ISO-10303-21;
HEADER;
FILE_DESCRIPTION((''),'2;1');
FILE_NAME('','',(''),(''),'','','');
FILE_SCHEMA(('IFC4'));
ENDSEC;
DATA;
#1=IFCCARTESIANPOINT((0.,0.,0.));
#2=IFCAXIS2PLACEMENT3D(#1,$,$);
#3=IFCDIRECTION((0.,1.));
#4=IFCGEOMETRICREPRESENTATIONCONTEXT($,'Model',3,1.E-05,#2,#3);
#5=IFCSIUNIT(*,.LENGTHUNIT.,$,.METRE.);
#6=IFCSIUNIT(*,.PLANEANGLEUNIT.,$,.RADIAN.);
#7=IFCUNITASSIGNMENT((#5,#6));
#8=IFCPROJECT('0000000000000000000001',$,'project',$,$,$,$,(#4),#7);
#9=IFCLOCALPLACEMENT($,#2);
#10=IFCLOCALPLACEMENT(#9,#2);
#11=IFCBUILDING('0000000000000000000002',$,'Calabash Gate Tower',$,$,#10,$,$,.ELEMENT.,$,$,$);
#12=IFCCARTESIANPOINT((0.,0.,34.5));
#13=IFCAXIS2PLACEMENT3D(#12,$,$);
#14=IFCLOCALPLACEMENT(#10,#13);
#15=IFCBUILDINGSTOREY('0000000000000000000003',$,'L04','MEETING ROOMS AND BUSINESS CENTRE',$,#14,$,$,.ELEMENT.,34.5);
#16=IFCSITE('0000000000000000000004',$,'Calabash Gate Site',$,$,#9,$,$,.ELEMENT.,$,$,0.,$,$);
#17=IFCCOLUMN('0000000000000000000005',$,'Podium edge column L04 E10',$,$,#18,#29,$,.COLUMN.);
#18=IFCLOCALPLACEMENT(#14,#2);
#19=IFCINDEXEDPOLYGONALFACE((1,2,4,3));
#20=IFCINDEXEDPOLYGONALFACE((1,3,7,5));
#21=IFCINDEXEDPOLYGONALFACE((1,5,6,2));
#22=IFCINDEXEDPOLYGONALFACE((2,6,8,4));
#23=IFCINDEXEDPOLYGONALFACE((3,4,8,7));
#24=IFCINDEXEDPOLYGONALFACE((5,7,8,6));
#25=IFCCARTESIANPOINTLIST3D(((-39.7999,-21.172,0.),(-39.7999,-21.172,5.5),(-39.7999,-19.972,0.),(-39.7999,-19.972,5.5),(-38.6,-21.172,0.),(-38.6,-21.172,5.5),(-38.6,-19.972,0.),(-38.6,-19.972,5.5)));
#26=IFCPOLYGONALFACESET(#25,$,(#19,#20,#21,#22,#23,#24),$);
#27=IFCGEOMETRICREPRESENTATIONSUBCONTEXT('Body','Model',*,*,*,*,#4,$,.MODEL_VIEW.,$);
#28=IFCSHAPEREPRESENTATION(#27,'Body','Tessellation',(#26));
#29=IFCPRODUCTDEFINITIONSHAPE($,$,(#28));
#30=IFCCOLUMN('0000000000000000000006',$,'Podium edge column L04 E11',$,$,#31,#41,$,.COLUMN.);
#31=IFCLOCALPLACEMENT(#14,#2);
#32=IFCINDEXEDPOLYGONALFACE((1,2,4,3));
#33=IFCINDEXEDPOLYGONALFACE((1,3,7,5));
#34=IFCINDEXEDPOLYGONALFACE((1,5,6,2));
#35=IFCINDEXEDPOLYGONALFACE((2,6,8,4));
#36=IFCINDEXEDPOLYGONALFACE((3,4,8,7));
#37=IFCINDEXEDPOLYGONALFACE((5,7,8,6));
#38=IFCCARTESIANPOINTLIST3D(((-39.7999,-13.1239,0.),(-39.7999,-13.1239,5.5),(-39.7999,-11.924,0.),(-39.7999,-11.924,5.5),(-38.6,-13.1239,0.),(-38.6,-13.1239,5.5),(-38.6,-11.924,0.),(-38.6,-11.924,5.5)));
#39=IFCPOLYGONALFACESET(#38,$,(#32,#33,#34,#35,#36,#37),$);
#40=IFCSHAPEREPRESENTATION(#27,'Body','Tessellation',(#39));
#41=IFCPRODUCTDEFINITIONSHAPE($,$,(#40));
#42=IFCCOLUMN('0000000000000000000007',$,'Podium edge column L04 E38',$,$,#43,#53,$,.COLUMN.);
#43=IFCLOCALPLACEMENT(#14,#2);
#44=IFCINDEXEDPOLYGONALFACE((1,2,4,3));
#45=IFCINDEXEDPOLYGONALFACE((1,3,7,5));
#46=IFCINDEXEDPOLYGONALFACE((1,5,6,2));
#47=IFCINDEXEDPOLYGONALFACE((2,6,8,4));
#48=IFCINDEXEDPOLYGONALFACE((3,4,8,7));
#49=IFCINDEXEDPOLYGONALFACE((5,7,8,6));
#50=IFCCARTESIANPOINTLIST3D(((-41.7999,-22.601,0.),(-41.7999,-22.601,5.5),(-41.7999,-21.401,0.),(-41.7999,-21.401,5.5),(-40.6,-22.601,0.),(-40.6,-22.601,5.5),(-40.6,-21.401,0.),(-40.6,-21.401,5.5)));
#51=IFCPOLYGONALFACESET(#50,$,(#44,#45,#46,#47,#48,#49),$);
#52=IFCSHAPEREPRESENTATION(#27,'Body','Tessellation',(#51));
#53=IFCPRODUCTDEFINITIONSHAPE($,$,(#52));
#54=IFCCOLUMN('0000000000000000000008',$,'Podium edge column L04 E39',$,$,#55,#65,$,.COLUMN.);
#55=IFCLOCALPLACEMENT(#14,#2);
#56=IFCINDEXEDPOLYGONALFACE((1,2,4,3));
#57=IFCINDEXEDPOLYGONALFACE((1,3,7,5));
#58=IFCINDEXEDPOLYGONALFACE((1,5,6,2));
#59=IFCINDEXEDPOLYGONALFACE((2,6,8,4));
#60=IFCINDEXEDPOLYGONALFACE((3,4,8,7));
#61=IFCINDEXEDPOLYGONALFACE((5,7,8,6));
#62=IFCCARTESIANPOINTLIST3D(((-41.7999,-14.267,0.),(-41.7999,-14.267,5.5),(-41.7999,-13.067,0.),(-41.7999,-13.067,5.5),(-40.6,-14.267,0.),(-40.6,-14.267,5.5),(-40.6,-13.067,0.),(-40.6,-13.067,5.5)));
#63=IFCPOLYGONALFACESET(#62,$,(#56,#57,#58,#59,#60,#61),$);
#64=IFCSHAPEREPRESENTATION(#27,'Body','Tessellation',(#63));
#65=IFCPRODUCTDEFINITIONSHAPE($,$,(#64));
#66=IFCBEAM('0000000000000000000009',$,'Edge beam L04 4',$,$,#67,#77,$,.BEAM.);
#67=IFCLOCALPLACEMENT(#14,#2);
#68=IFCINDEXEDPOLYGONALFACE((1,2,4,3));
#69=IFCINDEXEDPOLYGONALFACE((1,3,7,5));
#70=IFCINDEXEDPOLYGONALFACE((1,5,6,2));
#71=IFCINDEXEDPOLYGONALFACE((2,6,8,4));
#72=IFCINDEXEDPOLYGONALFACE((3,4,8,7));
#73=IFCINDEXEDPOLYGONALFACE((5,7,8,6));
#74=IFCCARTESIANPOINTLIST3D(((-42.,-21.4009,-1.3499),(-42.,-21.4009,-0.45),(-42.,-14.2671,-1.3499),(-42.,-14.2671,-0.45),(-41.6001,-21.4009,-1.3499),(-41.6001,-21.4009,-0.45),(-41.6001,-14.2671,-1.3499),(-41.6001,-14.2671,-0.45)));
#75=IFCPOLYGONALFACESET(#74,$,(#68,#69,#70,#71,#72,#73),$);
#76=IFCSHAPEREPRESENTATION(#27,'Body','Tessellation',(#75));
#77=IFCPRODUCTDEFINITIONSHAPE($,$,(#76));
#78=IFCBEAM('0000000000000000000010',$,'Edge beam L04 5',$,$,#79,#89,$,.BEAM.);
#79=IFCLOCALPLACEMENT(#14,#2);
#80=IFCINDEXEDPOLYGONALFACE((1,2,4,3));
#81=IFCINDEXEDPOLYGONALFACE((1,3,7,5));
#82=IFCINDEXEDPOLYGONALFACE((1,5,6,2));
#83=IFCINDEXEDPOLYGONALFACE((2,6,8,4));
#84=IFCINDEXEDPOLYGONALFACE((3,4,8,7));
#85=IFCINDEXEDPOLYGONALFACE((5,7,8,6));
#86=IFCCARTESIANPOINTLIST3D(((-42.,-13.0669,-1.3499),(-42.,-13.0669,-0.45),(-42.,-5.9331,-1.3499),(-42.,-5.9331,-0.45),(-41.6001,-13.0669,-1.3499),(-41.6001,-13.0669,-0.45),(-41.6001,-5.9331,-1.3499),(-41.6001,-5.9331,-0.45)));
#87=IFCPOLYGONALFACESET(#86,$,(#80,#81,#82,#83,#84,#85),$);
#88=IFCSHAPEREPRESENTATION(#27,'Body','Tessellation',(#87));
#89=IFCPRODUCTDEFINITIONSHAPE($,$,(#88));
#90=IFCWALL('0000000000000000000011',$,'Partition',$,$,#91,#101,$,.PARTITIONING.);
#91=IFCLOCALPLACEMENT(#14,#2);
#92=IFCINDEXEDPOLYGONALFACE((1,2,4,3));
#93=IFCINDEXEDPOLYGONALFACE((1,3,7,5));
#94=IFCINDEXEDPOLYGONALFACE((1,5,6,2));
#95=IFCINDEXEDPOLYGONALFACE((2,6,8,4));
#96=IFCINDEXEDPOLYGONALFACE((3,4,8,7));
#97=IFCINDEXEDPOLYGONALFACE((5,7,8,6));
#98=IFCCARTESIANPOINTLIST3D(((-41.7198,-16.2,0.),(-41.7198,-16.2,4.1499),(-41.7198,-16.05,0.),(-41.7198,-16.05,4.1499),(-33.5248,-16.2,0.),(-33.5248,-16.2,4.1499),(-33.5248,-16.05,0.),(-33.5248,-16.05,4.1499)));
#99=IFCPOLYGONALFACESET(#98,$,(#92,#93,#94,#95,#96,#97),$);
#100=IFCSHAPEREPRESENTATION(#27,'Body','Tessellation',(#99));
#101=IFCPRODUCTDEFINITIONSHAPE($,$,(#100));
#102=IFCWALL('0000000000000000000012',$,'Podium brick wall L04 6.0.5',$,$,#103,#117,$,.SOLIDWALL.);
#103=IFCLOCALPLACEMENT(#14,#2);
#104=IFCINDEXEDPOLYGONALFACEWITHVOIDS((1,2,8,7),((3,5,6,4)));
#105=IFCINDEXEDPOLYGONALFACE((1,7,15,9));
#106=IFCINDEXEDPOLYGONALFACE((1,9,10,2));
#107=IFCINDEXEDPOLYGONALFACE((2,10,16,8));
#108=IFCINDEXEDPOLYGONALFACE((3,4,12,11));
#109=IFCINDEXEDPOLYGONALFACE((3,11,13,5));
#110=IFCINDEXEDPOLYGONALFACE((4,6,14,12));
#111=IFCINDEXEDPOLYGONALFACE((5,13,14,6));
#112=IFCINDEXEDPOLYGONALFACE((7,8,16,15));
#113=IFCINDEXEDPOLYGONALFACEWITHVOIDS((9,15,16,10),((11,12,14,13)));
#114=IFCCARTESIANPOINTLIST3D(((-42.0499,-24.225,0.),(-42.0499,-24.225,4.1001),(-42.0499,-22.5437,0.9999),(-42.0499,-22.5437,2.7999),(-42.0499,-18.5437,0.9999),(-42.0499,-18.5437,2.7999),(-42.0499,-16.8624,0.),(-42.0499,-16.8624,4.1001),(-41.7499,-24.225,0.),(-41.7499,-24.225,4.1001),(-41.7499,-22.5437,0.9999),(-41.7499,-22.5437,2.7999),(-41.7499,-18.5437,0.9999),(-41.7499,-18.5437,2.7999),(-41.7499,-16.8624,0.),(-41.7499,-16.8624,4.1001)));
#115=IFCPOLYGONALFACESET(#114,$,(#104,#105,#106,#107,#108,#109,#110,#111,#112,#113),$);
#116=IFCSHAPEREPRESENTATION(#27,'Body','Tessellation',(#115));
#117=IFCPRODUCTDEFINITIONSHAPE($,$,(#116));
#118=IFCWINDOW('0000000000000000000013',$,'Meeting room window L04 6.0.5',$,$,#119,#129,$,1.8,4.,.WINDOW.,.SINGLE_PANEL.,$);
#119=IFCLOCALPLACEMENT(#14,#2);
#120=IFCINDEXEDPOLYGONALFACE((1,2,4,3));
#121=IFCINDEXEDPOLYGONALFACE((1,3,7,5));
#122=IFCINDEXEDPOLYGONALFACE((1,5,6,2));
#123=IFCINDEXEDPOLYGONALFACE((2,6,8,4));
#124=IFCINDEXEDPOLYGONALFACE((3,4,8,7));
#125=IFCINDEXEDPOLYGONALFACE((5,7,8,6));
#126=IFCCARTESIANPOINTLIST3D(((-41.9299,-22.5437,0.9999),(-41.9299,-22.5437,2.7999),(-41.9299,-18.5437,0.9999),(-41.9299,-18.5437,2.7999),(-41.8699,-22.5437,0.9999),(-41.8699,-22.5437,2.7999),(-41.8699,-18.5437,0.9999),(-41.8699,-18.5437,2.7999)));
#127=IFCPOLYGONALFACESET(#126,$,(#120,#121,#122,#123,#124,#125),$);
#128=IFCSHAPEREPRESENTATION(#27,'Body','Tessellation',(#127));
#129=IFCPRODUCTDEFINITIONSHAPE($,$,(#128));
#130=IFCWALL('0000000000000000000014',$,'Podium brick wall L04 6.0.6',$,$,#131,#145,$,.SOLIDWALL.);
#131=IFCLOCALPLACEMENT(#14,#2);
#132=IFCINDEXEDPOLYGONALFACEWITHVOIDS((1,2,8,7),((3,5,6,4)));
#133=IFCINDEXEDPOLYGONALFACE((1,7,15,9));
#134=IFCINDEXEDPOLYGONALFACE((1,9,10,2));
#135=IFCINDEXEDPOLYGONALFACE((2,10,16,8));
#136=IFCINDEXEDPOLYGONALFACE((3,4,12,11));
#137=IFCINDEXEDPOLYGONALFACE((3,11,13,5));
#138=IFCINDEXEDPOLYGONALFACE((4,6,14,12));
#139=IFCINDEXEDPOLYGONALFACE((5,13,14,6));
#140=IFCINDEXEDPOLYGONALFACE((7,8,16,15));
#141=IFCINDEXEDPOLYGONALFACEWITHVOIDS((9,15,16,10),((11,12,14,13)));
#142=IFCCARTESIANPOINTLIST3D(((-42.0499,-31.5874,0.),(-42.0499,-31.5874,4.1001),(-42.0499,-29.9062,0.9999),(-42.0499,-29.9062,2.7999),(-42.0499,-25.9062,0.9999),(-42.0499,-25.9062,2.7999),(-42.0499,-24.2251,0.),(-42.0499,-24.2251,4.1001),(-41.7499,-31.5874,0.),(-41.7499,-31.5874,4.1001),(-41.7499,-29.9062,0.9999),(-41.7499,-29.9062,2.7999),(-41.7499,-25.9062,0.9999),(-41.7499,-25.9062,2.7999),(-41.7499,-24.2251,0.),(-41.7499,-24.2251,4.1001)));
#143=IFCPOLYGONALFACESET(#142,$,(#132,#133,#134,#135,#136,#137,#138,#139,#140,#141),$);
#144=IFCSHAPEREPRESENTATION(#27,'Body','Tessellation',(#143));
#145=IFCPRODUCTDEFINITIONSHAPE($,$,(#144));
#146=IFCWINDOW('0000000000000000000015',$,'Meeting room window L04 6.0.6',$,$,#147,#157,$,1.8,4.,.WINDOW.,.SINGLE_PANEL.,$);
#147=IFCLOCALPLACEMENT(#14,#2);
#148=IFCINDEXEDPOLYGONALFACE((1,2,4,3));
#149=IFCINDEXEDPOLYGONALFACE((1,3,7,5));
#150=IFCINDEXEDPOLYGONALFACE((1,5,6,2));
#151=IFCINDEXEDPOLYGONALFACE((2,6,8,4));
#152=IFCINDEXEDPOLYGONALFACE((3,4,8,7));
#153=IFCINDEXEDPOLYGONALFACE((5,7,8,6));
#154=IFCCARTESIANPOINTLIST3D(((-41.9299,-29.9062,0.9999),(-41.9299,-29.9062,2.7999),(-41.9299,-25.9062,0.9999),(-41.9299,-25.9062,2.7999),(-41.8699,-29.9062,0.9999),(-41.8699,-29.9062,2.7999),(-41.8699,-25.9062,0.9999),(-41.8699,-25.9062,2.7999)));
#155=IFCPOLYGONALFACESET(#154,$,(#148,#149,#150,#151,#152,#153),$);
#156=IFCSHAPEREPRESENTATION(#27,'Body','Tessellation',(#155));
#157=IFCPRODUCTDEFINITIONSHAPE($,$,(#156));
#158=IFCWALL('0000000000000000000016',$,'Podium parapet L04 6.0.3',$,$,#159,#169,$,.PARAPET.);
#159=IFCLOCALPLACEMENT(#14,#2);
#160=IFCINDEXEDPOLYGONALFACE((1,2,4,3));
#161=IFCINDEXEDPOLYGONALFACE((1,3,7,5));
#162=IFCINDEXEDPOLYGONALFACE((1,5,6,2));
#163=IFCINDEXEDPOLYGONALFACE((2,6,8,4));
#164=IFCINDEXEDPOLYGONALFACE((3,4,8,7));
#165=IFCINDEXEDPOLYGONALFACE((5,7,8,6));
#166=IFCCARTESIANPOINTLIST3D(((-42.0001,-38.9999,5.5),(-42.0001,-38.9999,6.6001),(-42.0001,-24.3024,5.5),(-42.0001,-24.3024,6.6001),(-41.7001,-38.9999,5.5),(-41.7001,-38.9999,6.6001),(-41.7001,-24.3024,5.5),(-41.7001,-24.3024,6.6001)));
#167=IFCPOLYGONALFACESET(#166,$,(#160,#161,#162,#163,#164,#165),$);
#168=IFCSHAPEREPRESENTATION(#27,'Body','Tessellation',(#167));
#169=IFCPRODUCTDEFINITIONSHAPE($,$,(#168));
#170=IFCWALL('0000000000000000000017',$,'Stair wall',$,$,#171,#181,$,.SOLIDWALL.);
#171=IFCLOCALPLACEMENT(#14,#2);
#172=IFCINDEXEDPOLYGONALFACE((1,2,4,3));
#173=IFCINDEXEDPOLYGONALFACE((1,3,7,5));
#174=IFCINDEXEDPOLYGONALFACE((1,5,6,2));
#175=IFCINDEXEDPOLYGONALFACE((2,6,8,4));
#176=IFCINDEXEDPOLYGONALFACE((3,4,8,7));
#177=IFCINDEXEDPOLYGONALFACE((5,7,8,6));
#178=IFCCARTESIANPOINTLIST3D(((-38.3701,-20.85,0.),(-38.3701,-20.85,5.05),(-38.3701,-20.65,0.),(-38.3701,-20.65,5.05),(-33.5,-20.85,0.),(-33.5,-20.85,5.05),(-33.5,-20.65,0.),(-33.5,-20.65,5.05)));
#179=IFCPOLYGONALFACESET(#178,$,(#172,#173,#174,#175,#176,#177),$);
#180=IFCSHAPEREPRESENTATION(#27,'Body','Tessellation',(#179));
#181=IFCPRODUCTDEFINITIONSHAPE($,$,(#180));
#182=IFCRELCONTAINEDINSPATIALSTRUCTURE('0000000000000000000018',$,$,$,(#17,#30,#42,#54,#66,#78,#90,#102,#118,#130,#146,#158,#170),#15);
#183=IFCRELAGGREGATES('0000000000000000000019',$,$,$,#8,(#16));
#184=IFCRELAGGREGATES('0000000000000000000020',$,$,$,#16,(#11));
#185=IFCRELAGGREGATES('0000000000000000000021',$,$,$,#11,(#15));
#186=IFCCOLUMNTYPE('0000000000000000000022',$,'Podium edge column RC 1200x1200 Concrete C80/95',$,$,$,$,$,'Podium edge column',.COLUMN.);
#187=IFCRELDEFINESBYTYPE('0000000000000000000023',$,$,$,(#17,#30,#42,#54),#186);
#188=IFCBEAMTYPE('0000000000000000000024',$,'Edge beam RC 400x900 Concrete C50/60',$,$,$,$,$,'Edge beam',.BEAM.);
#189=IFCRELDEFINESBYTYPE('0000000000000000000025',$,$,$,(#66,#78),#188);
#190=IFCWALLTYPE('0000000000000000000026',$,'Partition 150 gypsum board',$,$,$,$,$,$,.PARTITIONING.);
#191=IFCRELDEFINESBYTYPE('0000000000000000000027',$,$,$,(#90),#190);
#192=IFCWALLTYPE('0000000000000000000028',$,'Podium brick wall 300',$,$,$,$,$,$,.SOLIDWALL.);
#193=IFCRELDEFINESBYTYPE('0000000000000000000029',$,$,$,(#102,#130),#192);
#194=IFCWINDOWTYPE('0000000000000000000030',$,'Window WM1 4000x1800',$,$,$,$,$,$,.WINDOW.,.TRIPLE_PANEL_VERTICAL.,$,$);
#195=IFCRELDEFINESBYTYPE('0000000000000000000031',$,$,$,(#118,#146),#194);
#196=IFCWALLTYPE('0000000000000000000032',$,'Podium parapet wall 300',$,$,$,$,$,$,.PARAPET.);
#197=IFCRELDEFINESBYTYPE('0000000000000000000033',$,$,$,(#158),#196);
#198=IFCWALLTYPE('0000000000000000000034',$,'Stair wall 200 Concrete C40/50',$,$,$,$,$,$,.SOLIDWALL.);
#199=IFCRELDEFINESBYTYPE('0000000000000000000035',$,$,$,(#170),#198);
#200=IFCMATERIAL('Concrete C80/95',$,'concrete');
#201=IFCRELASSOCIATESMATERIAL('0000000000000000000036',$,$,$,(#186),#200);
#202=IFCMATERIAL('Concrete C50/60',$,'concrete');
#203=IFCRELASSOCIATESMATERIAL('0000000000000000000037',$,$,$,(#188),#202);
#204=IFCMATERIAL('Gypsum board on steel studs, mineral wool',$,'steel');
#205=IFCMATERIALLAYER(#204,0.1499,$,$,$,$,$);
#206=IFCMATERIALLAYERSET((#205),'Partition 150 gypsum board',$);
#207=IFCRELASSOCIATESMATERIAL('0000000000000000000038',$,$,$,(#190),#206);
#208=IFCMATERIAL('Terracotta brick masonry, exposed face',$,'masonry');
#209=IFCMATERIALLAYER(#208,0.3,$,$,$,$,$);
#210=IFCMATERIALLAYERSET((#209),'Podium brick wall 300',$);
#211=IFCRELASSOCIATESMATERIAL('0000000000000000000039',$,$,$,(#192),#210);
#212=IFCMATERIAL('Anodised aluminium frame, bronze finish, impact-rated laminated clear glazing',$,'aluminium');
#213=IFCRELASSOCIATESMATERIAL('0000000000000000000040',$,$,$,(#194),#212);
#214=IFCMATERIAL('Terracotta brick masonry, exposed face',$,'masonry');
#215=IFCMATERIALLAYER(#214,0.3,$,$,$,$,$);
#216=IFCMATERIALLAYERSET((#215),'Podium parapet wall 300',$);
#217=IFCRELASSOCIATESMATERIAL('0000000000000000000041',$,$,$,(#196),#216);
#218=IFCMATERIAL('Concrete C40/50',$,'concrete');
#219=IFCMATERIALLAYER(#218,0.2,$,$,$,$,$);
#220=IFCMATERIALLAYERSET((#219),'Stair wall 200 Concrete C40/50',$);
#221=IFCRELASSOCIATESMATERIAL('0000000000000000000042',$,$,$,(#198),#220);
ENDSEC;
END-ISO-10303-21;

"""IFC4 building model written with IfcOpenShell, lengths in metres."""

from ifc_helpers import new_model, si_unit, direction, frame, frame_2d, origin, origin_2d, place, context, subcontext, project, spatial, rectangle, extrude, material, layer, layer_set, material_profile, profile_set, type_object, element, fill, save


model = new_model("IFC4")

# Units and contexts
model_context = context("Model", 3, precision=1e-05, world=origin(), true_north=direction((0.0, 1.0)))
body_context = subcontext(model_context, "Body", "Model", "MODEL_VIEW")
ifc_project = project(units=[si_unit("LENGTHUNIT", "METRE"), si_unit("PLANEANGLEUNIT", "RADIAN")], contexts=[model_context])

# Site, building, storey
site_placement = place(None, origin())
site = spatial("IfcSite", under=ifc_project, at=site_placement, Name="Calabash Gate Site", CompositionType="ELEMENT", RefElevation=0.0)
building_placement = place(site_placement, origin())
building = spatial("IfcBuilding", under=site, at=building_placement, Name="Calabash Gate Tower", CompositionType="ELEMENT")
storey_placement = place(building_placement, frame((0.0, 0.0, 34.5)))
storey = spatial("IfcBuildingStorey", under=building, at=storey_placement, Name="L04", Description="MEETING ROOMS AND BUSINESS CENTRE", CompositionType="ELEMENT", Elevation=34.5)

# Columns
ifc_material_1 = material(Name="Concrete C80/95", Category="concrete")
ifc_material_profile_1 = material_profile(ifc_material_1, rectangle(XDim=1.2, YDim=1.2, at=origin_2d()))
ifc_profile_set_1 = profile_set([ifc_material_profile_1], Name="Concrete C80/95")
column_type = type_object("IfcColumnType", Name="Podium edge column RC 1200x1200 Concrete C80/95", ElementType="Podium edge column", PredefinedType="COLUMN", material=ifc_profile_set_1)
for number, where, z_axis, x_axis, name in (
    (1, (-39.2, -20.572, 0.0), (0.0, 0.0, 1.0), (1.0, 0.0, 0.0), "Podium edge column L04 E10"),
    (2, (-39.2, -12.5239, 0.0), (0.0, 0.0, 1.0), (1.0, 0.0, 0.0), "Podium edge column L04 E11"),
    (3, (-41.2, -22.001, 0.0), (0.0, 0.0, 1.0), (1.0, 0.0, 0.0), "Podium edge column L04 E38"),
    (4, (-41.2, -13.667, 0.0), (0.0, 0.0, 1.0), (1.0, 0.0, 0.0), "Podium edge column L04 E39"),
):
    element("IfcColumn", number, at=place(storey_placement, frame(where, z_axis=z_axis, x_axis=x_axis)), inside=storey, type_object=column_type, Name=name, PredefinedType="COLUMN", context=body_context, shape_type="SweptSolid", body=[
        extrude(rectangle(XDim=1.2, YDim=1.2, at=origin_2d()), origin(), (0.0, 0.0, 1.0), 5.5),
    ])

# Beams
ifc_material_2 = material(Name="Concrete C50/60", Category="concrete")
ifc_material_profile_2 = material_profile(ifc_material_2, rectangle(XDim=0.3999, YDim=0.8999, at=origin_2d()))
ifc_profile_set_2 = profile_set([ifc_material_profile_2], Name="Concrete C50/60")
beam_type = type_object("IfcBeamType", Name="Edge beam RC 400x900 Concrete C50/60", ElementType="Edge beam", PredefinedType="BEAM", material=ifc_profile_set_2)
for number, where, z_axis, x_axis, name in (
    (5, (-41.8, -21.4009, -0.8999), (0.0, 1.0, 0.0), (-1.0, 0.0, 0.0), "Edge beam L04 4"),
    (6, (-41.8, -13.0669, -0.8999), (0.0, 1.0, 0.0), (-1.0, 0.0, 0.0), "Edge beam L04 5"),
):
    element("IfcBeam", number, at=place(storey_placement, frame(where, z_axis=z_axis, x_axis=x_axis)), inside=storey, type_object=beam_type, Name=name, PredefinedType="BEAM", context=body_context, shape_type="SweptSolid", body=[
        extrude(rectangle(XDim=0.3999, YDim=0.8999, at=origin_2d()), origin(), (0.0, 0.0, 1.0), 7.1338),
    ])

# Wall
ifc_material_3 = material(Name="Gypsum board on steel studs, mineral wool", Category="steel")
ifc_layer_1 = layer(ifc_material_3, 0.1499)
ifc_layer_set_1 = layer_set([ifc_layer_1], Name="Partition 150 gypsum board")
wall_type_1 = type_object("IfcWallType", Name="Partition 150 gypsum board", PredefinedType="PARTITIONING", material=ifc_layer_set_1)
wall_1_placement = place(storey_placement, frame((-41.72, -16.125, 0.0), z_axis=(0.0, 0.0, 1.0), x_axis=(1.0, 0.0, 0.0)))
element("IfcWall", 7, at=wall_1_placement, inside=storey, type_object=wall_type_1, Name="Partition", PredefinedType="PARTITIONING", context=body_context, shape_type="SweptSolid", body=[
    extrude(rectangle(XDim=8.1951, YDim=0.1499, at=frame_2d((4.0977, 0.0))), origin(), (0.0, 0.0, 1.0), 4.1499),
])

# Walls, openings, windows
ifc_material_4 = material(Name="Terracotta brick masonry, exposed face", Category="masonry")
ifc_layer_2 = layer(ifc_material_4, 0.3)
ifc_layer_set_2 = layer_set([ifc_layer_2], Name="Podium brick wall 300")
wall_type_2 = type_object("IfcWallType", Name="Podium brick wall 300", PredefinedType="SOLIDWALL", material=ifc_layer_set_2)
wall_2_placement = place(storey_placement, frame((-41.8999, -16.8625, 0.0), z_axis=(0.0, 0.0, 1.0), x_axis=(0.0, -1.0, 0.0)))
wall_2 = element("IfcWall", 8, at=wall_2_placement, inside=storey, type_object=wall_type_2, Name="Podium brick wall L04 6.0.5", PredefinedType="SOLIDWALL", context=body_context, shape_type="SweptSolid", body=[
    extrude(rectangle(XDim=7.3625, YDim=0.3, at=frame_2d((3.6812, 0.0))), origin(), (0.0, 0.0, 1.0), 4.1001),
])
opening_1_placement = place(wall_2_placement, frame((1.6812, 0.0, 1.0)))
opening_1 = element("IfcOpeningElement", 9, at=opening_1_placement, cuts=wall_2, PredefinedType="OPENING", context=body_context, shape_type="SweptSolid", body=[
    extrude(rectangle(XDim=4.0, YDim=1.8, at=frame_2d((2.0, 0.8999))), frame((0.0, 0.1599, 0.0), z_axis=(0.0, -1.0, 0.0), x_axis=(1.0, 0.0, 0.0)), (0.0, 0.0, 1.0), 0.3201),
])
ifc_material_5 = material(Name="Anodised aluminium frame, bronze finish, impact-rated laminated clear glazing", Category="aluminium")
window_type = type_object("IfcWindowType", Name="Window WM1 4000x1800", PartitioningType="TRIPLE_PANEL_VERTICAL", PredefinedType="WINDOW", material=ifc_material_5)
window_1_placement = place(opening_1_placement, origin())
window_1 = element("IfcWindow", 10, at=window_1_placement, inside=storey, type_object=window_type, Name="Meeting room window L04 6.0.5", OverallHeight=1.8, OverallWidth=4.0, PartitioningType="SINGLE_PANEL", PredefinedType="WINDOW", context=body_context, shape_type="SweptSolid", body=[
    extrude(rectangle(XDim=4.0, YDim=1.8, at=frame_2d((2.0, 0.8999))), frame((0.0, 0.03, 0.0), z_axis=(0.0, -1.0, 0.0), x_axis=(1.0, 0.0, 0.0)), (0.0, 0.0, 1.0), 0.0601),
])
fill(opening_1, window_1)
wall_3_placement = place(storey_placement, frame((-41.8999, -24.2251, 0.0), z_axis=(0.0, 0.0, 1.0), x_axis=(0.0, -1.0, 0.0)))
wall_3 = element("IfcWall", 11, at=wall_3_placement, inside=storey, type_object=wall_type_2, Name="Podium brick wall L04 6.0.6", PredefinedType="SOLIDWALL", context=body_context, shape_type="SweptSolid", body=[
    extrude(rectangle(XDim=7.3623, YDim=0.3, at=frame_2d((3.6812, 0.0))), origin(), (0.0, 0.0, 1.0), 4.1001),
])
opening_2_placement = place(wall_3_placement, frame((1.6812, 0.0, 1.0)))
opening_2 = element("IfcOpeningElement", 12, at=opening_2_placement, cuts=wall_3, PredefinedType="OPENING", context=body_context, shape_type="SweptSolid", body=[
    extrude(rectangle(XDim=4.0, YDim=1.8, at=frame_2d((2.0, 0.8999))), frame((0.0, 0.1599, 0.0), z_axis=(0.0, -1.0, 0.0), x_axis=(1.0, 0.0, 0.0)), (0.0, 0.0, 1.0), 0.3201),
])
window_2_placement = place(opening_2_placement, origin())
window_2 = element("IfcWindow", 13, at=window_2_placement, inside=storey, type_object=window_type, Name="Meeting room window L04 6.0.6", OverallHeight=1.8, OverallWidth=4.0, PartitioningType="SINGLE_PANEL", PredefinedType="WINDOW", context=body_context, shape_type="SweptSolid", body=[
    extrude(rectangle(XDim=4.0, YDim=1.8, at=frame_2d((2.0, 0.8999))), frame((0.0, 0.03, 0.0), z_axis=(0.0, -1.0, 0.0), x_axis=(1.0, 0.0, 0.0)), (0.0, 0.0, 1.0), 0.0601),
])
fill(opening_2, window_2)

# Walls
ifc_material_6 = material(Name="Terracotta brick masonry, exposed face", Category="masonry")
ifc_layer_3 = layer(ifc_material_6, 0.3)
ifc_layer_set_3 = layer_set([ifc_layer_3], Name="Podium parapet wall 300")
wall_type_3 = type_object("IfcWallType", Name="Podium parapet wall 300", PredefinedType="PARAPET", material=ifc_layer_set_3)
wall_4_placement = place(storey_placement, frame((-41.8501, -24.3025, 5.5), z_axis=(0.0, 0.0, 1.0), x_axis=(0.0, -1.0, 0.0)))
element("IfcWall", 14, at=wall_4_placement, inside=storey, type_object=wall_type_3, Name="Podium parapet L04 6.0.3", PredefinedType="PARAPET", context=body_context, shape_type="SweptSolid", body=[
    extrude(rectangle(XDim=14.6975, YDim=0.3, at=frame_2d((7.3486, 0.0))), origin(), (0.0, 0.0, 1.0), 1.1001),
])
ifc_material_7 = material(Name="Concrete C40/50", Category="concrete")
ifc_layer_4 = layer(ifc_material_7, 0.2)
ifc_layer_set_4 = layer_set([ifc_layer_4], Name="Stair wall 200 Concrete C40/50")
wall_type_4 = type_object("IfcWallType", Name="Stair wall 200 Concrete C40/50", PredefinedType="SOLIDWALL", material=ifc_layer_set_4)
for number, where, z_axis, x_axis, name in (
    (15, (-38.3701, -20.75, 0.0), (0.0, 0.0, 1.0), (1.0, 0.0, 0.0), "Stair wall"),
):
    element("IfcWall", number, at=place(storey_placement, frame(where, z_axis=z_axis, x_axis=x_axis)), inside=storey, type_object=wall_type_4, Name=name, PredefinedType="SOLIDWALL", context=body_context, shape_type="SweptSolid", body=[
        extrude(rectangle(XDim=4.8701, YDim=0.2, at=frame_2d((2.4351, 0.0))), origin(), (0.0, 0.0, 1.0), 5.05),
    ])

save(model, "model.ifc")
